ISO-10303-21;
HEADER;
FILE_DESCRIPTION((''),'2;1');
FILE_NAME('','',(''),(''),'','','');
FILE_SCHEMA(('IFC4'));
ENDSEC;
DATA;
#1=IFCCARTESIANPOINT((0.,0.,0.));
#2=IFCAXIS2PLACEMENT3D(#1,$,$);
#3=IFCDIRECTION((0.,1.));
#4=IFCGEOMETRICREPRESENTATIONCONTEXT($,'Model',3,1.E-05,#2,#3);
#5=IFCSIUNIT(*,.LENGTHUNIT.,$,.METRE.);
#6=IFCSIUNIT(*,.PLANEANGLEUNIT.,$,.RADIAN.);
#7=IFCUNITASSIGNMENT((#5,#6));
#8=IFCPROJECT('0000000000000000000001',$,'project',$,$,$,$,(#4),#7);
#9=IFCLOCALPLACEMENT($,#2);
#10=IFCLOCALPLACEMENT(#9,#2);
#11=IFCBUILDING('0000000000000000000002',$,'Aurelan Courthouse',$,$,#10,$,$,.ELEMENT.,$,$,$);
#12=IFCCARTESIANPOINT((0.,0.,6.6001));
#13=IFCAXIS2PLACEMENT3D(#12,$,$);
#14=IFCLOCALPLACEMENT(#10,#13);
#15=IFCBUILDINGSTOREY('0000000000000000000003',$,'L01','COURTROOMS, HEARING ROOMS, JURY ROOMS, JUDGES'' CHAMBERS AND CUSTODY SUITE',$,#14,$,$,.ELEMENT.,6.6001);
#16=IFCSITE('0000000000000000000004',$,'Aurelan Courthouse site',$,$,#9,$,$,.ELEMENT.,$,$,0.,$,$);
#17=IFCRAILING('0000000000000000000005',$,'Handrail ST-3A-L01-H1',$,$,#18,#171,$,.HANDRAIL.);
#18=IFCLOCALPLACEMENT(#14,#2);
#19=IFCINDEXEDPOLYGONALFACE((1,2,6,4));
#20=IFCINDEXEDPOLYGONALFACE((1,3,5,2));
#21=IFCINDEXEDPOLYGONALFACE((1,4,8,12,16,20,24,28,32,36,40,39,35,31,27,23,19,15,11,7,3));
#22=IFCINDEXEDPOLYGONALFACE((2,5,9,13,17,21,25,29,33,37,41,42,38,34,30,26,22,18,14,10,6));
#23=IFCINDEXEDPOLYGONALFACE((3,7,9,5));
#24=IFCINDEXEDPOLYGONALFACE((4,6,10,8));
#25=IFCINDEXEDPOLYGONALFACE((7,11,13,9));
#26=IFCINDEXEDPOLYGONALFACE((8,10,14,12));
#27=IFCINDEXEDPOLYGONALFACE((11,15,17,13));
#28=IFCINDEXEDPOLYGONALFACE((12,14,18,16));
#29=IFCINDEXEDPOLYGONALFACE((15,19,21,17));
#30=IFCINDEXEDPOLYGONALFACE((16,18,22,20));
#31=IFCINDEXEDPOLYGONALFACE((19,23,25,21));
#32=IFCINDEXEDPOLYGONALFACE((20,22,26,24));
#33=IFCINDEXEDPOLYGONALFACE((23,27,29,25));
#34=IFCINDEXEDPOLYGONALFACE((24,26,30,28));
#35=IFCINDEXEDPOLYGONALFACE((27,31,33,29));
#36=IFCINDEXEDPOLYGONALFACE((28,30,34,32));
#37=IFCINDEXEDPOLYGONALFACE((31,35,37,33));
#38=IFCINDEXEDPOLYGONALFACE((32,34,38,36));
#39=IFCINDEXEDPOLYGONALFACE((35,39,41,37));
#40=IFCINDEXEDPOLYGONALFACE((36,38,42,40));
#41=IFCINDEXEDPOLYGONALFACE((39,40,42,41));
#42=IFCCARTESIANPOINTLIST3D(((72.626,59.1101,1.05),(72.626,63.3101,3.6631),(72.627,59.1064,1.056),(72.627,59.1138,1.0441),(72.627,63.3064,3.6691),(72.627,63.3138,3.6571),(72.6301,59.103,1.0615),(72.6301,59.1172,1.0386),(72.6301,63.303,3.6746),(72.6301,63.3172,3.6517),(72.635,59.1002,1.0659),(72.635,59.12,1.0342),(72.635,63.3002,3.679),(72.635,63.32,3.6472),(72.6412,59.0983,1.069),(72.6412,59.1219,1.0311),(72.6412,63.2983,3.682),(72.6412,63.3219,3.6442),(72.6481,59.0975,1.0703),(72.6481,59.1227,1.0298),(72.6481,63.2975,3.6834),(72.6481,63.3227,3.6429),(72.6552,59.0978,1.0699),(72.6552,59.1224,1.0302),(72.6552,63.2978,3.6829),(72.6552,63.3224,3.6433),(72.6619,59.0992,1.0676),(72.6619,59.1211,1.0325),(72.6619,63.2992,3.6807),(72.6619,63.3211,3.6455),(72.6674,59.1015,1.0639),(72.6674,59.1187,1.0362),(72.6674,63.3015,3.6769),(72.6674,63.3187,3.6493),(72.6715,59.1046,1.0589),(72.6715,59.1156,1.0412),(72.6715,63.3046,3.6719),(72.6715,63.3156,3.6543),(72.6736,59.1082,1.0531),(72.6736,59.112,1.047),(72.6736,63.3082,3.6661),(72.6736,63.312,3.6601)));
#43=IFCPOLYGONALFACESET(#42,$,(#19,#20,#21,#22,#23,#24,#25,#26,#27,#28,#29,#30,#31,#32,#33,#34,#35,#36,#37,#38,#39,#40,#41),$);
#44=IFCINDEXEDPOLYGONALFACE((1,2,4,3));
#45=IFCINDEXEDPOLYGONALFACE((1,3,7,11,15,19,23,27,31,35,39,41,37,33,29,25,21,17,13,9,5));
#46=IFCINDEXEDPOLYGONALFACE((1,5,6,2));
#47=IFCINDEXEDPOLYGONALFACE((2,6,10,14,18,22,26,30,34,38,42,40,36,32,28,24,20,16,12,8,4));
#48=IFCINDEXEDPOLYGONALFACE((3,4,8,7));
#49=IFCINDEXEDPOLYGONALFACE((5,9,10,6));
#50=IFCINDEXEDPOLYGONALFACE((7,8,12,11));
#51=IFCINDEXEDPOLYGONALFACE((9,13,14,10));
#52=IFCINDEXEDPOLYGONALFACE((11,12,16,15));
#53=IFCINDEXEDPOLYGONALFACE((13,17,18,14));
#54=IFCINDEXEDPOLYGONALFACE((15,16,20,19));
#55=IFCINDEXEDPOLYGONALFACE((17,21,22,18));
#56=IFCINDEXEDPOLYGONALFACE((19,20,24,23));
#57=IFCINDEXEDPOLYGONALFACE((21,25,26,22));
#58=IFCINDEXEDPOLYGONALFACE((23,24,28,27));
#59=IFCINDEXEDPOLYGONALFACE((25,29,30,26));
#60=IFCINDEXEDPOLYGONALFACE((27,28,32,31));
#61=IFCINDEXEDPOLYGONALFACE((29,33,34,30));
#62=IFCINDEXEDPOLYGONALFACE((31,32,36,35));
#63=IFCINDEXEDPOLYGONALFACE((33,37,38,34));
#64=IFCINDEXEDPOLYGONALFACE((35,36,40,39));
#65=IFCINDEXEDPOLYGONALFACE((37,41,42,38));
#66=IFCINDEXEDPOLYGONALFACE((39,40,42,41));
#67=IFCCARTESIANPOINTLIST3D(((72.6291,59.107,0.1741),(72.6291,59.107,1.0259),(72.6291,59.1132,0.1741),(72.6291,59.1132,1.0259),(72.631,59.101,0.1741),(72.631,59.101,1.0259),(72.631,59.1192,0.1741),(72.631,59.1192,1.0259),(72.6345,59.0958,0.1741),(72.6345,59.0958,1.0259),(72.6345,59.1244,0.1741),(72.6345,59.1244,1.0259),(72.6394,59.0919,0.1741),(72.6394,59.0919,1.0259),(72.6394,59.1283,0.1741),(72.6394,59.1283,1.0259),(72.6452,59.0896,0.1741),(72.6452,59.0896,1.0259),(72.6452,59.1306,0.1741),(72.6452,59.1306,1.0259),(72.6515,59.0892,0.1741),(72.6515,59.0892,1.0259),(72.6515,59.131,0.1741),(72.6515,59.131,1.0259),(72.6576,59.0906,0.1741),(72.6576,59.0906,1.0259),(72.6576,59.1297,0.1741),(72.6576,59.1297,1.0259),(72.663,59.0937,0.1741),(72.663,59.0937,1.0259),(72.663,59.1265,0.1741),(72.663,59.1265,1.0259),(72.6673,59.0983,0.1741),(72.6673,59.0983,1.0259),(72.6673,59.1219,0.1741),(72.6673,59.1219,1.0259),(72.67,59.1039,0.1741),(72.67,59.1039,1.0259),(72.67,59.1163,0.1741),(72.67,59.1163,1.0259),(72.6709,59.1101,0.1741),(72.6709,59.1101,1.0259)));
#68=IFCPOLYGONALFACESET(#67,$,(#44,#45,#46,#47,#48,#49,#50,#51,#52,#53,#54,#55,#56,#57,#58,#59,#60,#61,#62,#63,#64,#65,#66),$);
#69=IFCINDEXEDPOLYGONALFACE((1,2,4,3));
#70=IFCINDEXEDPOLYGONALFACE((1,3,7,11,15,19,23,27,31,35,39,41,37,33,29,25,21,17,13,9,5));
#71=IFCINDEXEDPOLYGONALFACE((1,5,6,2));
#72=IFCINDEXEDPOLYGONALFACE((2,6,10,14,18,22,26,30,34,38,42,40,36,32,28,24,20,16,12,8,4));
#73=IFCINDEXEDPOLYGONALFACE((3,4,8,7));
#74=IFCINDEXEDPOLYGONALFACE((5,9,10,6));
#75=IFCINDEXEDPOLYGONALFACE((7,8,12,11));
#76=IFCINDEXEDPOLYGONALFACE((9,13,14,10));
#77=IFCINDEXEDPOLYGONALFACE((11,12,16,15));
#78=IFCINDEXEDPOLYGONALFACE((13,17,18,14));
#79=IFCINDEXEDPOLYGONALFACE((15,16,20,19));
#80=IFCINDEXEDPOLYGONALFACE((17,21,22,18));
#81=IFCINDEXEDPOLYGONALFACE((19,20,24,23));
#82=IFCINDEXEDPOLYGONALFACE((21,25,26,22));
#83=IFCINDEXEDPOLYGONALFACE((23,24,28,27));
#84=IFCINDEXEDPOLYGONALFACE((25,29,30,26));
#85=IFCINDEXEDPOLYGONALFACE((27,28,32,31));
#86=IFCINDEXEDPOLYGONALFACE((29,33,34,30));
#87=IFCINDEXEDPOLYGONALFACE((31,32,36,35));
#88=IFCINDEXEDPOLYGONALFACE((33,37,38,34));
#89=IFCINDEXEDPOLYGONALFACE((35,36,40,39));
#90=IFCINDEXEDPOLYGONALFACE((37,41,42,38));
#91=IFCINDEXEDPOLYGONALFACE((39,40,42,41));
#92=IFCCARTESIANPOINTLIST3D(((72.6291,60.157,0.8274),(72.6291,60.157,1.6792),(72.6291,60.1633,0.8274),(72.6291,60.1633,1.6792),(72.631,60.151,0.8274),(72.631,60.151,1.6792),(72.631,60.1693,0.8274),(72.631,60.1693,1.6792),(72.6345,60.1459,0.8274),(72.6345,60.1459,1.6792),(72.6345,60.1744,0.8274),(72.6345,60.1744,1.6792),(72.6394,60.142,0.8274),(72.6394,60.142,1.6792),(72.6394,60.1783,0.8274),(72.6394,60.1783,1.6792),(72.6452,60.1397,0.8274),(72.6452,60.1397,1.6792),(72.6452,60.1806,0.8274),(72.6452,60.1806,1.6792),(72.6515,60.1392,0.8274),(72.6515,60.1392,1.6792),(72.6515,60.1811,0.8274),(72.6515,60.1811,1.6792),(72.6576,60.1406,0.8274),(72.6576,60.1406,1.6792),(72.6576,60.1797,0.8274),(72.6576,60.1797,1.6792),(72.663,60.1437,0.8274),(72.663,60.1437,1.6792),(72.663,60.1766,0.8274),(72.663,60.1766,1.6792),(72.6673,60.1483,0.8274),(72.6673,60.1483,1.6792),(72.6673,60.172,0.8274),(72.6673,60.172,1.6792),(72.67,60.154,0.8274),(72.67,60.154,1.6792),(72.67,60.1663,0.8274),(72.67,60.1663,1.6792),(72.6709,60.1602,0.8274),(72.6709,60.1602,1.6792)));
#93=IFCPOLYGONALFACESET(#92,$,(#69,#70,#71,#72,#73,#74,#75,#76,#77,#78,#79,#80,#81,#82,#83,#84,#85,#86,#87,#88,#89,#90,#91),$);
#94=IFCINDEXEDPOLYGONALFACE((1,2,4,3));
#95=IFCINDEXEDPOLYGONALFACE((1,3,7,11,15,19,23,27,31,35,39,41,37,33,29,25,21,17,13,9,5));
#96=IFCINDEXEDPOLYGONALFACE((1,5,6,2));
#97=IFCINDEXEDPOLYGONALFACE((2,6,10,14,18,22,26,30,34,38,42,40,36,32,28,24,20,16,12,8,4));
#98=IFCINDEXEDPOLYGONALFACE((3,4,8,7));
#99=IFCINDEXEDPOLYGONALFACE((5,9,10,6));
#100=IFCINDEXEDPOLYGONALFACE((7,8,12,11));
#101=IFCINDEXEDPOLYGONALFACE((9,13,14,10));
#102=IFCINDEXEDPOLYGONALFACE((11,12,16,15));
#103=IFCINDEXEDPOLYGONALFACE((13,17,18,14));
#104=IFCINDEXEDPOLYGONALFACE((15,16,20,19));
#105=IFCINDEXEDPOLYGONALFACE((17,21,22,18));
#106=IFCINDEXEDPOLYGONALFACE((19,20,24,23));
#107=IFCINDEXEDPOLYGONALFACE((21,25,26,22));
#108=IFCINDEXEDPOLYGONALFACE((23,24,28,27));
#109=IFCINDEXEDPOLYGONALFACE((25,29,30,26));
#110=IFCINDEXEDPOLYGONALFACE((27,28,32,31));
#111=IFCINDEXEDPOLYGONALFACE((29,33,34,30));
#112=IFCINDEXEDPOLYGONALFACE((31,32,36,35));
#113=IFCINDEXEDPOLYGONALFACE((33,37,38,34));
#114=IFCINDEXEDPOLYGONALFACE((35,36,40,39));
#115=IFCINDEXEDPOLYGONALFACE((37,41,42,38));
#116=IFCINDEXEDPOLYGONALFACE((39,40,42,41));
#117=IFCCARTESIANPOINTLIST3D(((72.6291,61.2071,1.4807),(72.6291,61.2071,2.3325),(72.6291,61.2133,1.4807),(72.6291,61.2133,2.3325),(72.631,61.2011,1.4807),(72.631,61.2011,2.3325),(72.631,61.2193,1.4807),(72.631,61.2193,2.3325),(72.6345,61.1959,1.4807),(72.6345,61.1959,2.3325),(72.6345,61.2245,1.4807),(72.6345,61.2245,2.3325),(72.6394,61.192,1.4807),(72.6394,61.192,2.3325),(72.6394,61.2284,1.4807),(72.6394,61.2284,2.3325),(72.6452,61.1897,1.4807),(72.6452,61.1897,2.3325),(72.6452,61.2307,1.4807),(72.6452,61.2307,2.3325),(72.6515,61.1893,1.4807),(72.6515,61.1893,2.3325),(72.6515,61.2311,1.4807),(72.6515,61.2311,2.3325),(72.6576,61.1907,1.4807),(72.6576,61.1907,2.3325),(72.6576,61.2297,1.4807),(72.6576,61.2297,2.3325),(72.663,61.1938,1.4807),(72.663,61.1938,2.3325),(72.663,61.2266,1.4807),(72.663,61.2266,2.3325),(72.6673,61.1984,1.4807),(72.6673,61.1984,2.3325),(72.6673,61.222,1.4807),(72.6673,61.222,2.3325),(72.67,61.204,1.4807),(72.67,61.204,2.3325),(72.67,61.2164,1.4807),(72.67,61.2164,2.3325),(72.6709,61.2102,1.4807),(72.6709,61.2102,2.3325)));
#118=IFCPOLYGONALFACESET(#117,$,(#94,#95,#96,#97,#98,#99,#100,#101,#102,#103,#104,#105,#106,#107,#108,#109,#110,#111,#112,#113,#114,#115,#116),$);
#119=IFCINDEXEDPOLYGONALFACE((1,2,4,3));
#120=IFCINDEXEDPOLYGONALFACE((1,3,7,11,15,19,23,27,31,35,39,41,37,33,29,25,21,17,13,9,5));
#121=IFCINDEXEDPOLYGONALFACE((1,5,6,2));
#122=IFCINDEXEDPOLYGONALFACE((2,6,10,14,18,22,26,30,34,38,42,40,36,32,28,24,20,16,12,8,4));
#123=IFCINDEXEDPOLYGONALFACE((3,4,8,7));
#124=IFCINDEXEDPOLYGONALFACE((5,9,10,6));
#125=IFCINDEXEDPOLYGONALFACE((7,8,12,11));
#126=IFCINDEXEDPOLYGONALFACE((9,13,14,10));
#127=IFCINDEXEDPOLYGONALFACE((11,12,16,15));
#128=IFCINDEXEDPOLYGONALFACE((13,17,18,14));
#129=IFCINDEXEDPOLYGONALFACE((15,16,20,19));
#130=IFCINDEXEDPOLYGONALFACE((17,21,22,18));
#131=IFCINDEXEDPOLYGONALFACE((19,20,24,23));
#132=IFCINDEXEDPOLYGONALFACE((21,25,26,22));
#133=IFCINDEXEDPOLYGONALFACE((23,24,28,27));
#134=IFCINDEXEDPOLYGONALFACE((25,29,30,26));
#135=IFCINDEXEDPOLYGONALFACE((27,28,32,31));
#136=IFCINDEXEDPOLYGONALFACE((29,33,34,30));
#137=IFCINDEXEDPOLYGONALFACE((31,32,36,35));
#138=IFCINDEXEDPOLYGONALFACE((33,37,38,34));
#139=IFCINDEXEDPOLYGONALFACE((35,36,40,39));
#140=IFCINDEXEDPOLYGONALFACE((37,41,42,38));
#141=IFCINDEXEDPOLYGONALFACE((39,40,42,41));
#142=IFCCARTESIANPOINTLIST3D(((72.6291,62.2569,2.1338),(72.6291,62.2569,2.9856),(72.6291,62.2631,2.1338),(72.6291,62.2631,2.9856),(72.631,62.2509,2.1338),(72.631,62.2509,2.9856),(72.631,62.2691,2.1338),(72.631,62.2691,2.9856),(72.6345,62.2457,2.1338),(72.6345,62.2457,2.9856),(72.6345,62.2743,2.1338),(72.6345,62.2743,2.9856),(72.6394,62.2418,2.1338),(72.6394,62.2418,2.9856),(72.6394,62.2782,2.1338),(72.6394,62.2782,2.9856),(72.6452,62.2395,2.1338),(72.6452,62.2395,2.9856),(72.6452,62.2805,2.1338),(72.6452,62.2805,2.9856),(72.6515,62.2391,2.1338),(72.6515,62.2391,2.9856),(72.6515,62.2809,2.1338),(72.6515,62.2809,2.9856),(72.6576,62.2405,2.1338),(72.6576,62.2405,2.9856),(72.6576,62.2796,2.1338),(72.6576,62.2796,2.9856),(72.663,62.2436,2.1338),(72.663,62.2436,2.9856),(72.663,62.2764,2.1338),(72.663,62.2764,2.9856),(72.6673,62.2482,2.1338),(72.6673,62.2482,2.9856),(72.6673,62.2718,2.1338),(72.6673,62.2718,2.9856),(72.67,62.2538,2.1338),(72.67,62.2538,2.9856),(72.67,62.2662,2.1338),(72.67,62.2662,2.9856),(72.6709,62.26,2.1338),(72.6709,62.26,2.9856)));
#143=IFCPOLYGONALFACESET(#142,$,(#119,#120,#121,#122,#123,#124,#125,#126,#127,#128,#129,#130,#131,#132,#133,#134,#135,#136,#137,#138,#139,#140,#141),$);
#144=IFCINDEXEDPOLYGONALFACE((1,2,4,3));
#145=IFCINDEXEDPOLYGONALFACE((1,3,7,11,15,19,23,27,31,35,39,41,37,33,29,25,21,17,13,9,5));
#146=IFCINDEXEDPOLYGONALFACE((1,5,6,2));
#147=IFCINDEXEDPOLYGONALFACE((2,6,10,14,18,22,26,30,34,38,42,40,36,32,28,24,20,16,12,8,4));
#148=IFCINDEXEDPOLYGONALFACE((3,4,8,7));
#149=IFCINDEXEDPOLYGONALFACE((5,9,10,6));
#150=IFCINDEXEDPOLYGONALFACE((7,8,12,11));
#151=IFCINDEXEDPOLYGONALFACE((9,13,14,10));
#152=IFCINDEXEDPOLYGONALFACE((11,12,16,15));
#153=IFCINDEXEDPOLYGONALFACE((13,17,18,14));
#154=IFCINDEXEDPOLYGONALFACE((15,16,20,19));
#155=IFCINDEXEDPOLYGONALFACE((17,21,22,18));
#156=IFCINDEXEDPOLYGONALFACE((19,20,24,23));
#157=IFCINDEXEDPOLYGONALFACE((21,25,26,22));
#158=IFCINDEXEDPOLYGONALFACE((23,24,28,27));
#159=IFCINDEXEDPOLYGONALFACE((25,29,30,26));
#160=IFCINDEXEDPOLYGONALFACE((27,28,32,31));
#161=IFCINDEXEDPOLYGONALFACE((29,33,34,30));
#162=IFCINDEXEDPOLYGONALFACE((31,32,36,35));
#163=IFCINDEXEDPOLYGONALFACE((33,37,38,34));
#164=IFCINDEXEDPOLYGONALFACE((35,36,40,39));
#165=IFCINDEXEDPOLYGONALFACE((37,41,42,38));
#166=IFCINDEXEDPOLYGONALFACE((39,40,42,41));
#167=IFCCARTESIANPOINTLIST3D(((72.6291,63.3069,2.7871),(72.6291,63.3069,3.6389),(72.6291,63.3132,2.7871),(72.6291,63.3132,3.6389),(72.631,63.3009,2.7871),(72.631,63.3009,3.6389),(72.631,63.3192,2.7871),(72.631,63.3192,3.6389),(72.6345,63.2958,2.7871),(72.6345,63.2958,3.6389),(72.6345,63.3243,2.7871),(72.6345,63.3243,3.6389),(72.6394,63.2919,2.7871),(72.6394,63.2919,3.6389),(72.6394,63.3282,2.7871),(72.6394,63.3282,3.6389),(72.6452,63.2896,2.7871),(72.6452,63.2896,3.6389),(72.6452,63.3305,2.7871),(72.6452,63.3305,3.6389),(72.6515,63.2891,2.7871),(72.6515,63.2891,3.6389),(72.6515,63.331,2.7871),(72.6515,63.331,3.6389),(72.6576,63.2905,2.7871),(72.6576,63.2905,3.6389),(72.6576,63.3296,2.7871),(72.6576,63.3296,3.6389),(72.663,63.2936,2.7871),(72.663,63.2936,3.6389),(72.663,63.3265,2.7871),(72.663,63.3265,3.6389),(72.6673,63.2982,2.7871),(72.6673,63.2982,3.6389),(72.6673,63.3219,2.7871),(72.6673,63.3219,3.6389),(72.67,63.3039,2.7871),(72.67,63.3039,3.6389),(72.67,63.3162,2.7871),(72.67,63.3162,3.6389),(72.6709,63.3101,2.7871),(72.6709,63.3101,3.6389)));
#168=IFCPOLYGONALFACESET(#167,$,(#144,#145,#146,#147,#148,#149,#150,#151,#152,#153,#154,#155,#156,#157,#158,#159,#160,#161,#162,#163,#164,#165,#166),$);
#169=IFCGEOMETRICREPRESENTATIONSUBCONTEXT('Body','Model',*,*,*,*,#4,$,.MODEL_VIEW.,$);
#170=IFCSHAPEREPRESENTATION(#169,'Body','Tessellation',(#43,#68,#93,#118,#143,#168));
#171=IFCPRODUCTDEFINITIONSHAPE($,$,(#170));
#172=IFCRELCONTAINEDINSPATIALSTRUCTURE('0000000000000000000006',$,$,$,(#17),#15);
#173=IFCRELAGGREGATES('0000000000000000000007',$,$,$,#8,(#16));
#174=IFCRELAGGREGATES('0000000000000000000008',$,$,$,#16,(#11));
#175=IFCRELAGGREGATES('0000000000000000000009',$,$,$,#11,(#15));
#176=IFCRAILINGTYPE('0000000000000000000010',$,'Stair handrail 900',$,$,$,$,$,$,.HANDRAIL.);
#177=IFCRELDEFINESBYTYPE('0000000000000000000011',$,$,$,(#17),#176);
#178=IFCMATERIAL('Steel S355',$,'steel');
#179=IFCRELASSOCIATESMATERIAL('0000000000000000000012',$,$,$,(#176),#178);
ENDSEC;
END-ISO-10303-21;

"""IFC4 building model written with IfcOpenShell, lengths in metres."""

from ifc_helpers import new_model, si_unit, direction, frame, origin, origin_2d, place, context, subcontext, project, spatial, circle, extrude, material, type_object, element, save


model = new_model("IFC4")

# Units and contexts
model_context = context("Model", 3, precision=1e-05, world=origin(), true_north=direction((0.0, 1.0)))
body_context = subcontext(model_context, "Body", "Model", "MODEL_VIEW")
ifc_project = project(units=[si_unit("LENGTHUNIT", "METRE"), si_unit("PLANEANGLEUNIT", "RADIAN")], contexts=[model_context])

# Site, building, storey
site_placement = place(None, origin())
site = spatial("IfcSite", under=ifc_project, at=site_placement, Name="Aurelan Courthouse site", CompositionType="ELEMENT", RefElevation=0.0)
building_placement = place(site_placement, origin())
building = spatial("IfcBuilding", under=site, at=building_placement, Name="Aurelan Courthouse", CompositionType="ELEMENT")
storey_placement = place(building_placement, frame((0.0, 0.0, 6.6001)))
storey = spatial("IfcBuildingStorey", under=building, at=storey_placement, Name="L01", Description="COURTROOMS, HEARING ROOMS, JURY ROOMS, JUDGES' CHAMBERS AND CUSTODY SUITE", CompositionType="ELEMENT", Elevation=6.6001)

# Railing
ifc_material_1 = material(Name="Steel S355", Category="steel")
railing_type_1 = type_object("IfcRailingType", Name="Stair handrail 900", PredefinedType="HANDRAIL", material=ifc_material_1)
for number, where, name in (
    (1, (72.6499, 59.1101, 0.1741), "Handrail ST-3A-L01-H1"),
):
    element("IfcRailing", number, at=place(storey_placement, frame(where)), inside=storey, type_object=railing_type_1, Name=name, PredefinedType="HANDRAIL", context=body_context, shape_type="SweptSolid", body=[
        extrude(circle(Radius=0.0239, at=origin_2d()), frame((0.0, 0.0, 0.876), z_axis=(0.0, 0.849081, 0.528263), x_axis=(-1.0, 0.0, 0.0)), (0.0, 0.0, 1.0), 4.9465),
        extrude(circle(Radius=0.021, at=origin_2d()), origin(), (0.0, 0.0, 1.0), 0.8518),
        extrude(circle(Radius=0.021, at=origin_2d()), frame((0.0, 1.05, 0.6533)), (0.0, 0.0, 1.0), 0.8518),
        extrude(circle(Radius=0.021, at=origin_2d()), frame((0.0, 2.1001, 1.3066)), (0.0, 0.0, 1.0), 0.8518),
        extrude(circle(Radius=0.021, at=origin_2d()), frame((0.0, 3.1499, 1.9597)), (0.0, 0.0, 1.0), 0.8518),
        extrude(circle(Radius=0.021, at=origin_2d()), frame((0.0, 4.2, 2.613)), (0.0, 0.0, 1.0), 0.8518),
    ])

save(model, "model.ifc")
